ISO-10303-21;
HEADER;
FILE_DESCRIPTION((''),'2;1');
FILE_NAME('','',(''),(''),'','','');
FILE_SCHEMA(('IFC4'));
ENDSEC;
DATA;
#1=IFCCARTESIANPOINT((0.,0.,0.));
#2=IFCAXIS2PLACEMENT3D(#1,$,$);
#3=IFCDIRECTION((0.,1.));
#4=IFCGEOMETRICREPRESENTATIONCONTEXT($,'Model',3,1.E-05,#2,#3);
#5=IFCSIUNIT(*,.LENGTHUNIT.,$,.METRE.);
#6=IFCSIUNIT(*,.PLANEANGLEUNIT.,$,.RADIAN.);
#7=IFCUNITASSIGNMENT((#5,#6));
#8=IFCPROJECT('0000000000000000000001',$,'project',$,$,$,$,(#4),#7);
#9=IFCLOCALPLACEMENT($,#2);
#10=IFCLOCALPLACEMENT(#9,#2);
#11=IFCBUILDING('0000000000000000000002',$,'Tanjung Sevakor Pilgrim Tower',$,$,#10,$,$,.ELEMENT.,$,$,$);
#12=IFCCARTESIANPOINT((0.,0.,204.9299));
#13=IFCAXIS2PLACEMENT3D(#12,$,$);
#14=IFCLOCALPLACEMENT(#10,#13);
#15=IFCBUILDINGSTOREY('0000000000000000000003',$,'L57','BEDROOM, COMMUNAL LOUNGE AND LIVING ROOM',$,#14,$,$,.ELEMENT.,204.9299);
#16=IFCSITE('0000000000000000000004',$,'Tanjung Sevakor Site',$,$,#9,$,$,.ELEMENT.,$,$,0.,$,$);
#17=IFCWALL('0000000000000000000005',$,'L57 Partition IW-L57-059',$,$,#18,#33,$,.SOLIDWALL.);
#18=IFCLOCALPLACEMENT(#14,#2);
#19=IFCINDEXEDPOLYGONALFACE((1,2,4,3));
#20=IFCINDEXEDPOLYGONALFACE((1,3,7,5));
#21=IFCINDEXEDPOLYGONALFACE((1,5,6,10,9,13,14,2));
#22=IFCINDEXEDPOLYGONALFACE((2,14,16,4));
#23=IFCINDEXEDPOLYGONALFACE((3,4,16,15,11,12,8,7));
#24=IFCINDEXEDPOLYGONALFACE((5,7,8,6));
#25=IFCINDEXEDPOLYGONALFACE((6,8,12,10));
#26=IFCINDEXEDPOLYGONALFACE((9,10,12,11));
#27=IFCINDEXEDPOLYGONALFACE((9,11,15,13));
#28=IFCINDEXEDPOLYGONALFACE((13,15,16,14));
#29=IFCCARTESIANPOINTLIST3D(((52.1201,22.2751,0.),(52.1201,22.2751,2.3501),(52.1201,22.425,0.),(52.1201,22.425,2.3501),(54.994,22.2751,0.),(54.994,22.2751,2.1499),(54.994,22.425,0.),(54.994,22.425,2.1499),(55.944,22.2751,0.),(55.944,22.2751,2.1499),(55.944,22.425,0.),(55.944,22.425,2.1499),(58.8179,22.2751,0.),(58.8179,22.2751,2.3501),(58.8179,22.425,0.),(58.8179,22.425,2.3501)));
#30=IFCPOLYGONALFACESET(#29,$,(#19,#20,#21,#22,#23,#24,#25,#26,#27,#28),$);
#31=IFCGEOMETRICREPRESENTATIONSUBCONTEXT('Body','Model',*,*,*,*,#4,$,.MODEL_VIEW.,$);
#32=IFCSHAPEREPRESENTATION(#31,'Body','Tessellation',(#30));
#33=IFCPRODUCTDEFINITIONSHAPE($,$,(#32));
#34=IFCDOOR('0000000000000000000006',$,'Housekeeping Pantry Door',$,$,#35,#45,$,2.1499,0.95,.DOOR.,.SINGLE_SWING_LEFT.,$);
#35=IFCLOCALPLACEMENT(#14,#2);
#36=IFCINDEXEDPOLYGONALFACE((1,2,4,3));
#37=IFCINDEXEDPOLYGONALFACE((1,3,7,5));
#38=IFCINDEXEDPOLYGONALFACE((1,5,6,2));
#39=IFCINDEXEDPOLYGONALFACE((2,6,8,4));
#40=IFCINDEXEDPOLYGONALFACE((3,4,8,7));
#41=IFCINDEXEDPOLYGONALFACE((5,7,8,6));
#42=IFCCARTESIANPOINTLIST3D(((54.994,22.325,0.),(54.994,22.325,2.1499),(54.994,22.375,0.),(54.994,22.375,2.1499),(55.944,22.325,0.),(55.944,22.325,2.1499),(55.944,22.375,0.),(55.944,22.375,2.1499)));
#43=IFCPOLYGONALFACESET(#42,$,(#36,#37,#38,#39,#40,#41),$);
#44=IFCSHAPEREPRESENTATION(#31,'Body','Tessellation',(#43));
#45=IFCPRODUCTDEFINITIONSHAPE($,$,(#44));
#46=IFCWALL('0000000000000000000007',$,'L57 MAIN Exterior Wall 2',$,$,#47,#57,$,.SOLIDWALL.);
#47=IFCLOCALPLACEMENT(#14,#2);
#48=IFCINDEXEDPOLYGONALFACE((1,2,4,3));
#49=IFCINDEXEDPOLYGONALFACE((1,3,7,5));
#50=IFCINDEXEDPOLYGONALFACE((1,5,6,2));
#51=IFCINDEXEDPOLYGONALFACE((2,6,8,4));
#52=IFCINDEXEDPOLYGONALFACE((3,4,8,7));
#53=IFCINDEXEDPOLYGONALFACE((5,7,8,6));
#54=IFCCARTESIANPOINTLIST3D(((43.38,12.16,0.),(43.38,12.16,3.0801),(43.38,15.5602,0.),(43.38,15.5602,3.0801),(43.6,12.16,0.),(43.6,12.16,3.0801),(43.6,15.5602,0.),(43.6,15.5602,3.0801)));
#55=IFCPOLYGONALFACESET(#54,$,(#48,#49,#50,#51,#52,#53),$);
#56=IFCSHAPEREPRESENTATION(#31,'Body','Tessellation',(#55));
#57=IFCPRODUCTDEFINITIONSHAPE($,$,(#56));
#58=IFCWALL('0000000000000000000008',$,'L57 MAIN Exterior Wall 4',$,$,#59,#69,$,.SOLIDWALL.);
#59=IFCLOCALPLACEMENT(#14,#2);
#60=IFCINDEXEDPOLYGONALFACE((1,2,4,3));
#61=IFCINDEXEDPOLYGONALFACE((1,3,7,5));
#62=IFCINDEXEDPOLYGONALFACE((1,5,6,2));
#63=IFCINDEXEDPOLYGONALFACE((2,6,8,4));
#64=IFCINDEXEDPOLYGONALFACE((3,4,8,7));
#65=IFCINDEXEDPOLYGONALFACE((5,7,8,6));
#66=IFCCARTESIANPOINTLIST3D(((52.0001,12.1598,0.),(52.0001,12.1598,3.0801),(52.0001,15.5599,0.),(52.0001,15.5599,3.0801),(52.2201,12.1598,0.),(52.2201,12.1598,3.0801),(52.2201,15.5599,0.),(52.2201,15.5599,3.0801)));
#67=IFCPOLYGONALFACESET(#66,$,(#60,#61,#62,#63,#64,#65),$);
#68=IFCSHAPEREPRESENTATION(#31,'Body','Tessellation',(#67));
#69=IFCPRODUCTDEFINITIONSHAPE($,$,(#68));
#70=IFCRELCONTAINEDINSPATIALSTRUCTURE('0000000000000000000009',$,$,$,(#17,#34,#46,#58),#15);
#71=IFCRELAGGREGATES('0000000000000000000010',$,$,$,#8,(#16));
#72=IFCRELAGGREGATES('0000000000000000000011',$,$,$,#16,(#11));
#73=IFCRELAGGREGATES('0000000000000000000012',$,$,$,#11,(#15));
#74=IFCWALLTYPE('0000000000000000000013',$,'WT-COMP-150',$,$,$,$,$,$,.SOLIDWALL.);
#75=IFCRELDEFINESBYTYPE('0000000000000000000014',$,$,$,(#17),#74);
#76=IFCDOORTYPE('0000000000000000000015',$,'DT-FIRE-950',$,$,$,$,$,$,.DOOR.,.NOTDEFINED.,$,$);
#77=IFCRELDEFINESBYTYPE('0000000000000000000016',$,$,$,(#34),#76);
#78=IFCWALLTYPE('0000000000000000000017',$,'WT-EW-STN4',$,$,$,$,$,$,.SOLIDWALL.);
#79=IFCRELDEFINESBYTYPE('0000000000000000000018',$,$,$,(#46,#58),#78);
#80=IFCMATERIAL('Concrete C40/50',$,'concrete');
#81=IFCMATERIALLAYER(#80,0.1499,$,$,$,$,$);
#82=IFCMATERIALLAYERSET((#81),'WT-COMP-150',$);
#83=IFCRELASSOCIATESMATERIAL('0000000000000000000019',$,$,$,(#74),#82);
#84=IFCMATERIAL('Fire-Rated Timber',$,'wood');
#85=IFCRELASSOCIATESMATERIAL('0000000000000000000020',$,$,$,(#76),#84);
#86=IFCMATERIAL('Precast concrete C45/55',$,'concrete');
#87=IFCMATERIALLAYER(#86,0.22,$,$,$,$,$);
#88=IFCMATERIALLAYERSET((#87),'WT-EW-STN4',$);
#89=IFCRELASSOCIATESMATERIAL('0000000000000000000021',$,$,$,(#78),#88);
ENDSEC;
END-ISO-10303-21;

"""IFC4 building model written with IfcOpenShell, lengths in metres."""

from ifc_helpers import new_model, si_unit, direction, frame, frame_2d, origin, place, context, subcontext, project, spatial, rectangle, extrude, material, layer, layer_set, type_object, element, fill, save


model = new_model("IFC4")

# Units and contexts
model_context = context("Model", 3, precision=1e-05, world=origin(), true_north=direction((0.0, 1.0)))
body_context = subcontext(model_context, "Body", "Model", "MODEL_VIEW")
ifc_project = project(units=[si_unit("LENGTHUNIT", "METRE"), si_unit("PLANEANGLEUNIT", "RADIAN")], contexts=[model_context])

# Site, building, storey
site_placement = place(None, origin())
site = spatial("IfcSite", under=ifc_project, at=site_placement, Name="Tanjung Sevakor Site", CompositionType="ELEMENT", RefElevation=0.0)
building_placement = place(site_placement, origin())
building = spatial("IfcBuilding", under=site, at=building_placement, Name="Tanjung Sevakor Pilgrim Tower", CompositionType="ELEMENT")
storey_placement = place(building_placement, frame((0.0, 0.0, 204.9299)))
storey = spatial("IfcBuildingStorey", under=building, at=storey_placement, Name="L57", Description="BEDROOM, COMMUNAL LOUNGE AND LIVING ROOM", CompositionType="ELEMENT", Elevation=204.9299)

# Shared definitions
ifc_material_1 = material(Name="Concrete C40/50", Category="concrete")
ifc_layer_1 = layer(ifc_material_1, 0.1499)
ifc_layer_set_1 = layer_set([ifc_layer_1], Name="WT-COMP-150")
wall_type_1 = type_object("IfcWallType", Name="WT-COMP-150", PredefinedType="SOLIDWALL", material=ifc_layer_set_1)

# Wall, opening, door
wall_1_placement = place(storey_placement, frame((52.1201, 22.3501, 0.0), z_axis=(0.0, 0.0, 1.0), x_axis=(1.0, 0.0, 0.0)))
wall_1 = element("IfcWall", 1, at=wall_1_placement, inside=storey, type_object=wall_type_1, Name="L57 Partition IW-L57-059", PredefinedType="SOLIDWALL", context=body_context, shape_type="SweptSolid", body=[
    extrude(rectangle(XDim=6.6978, YDim=0.1499, at=frame_2d((3.3489, 0.0))), origin(), (0.0, 0.0, 1.0), 2.3501),
])
opening_1_placement = place(wall_1_placement, frame((2.8738, 0.0, 0.0)))
opening_1 = element("IfcOpeningElement", 2, at=opening_1_placement, cuts=wall_1, PredefinedType="OPENING", context=body_context, shape_type="SweptSolid", body=[
    extrude(rectangle(XDim=0.95, YDim=2.1499, at=frame_2d((0.4751, 1.075))), frame((0.0, 0.085, 0.0), z_axis=(0.0, -1.0, 0.0), x_axis=(1.0, 0.0, 0.0)), (0.0, 0.0, 1.0), 0.1699),
])
ifc_material_2 = material(Name="Fire-Rated Timber", Category="wood")
door_type_1 = type_object("IfcDoorType", Name="DT-FIRE-950", OperationType="NOTDEFINED", PredefinedType="DOOR", material=ifc_material_2)
door_1_placement = place(opening_1_placement, origin())
door_1 = element("IfcDoor", 3, at=door_1_placement, inside=storey, type_object=door_type_1, Name="Housekeeping Pantry Door", OperationType="SINGLE_SWING_LEFT", OverallHeight=2.1499, OverallWidth=0.95, PredefinedType="DOOR", context=body_context, shape_type="SweptSolid", body=[
    extrude(rectangle(XDim=0.95, YDim=2.1499, at=frame_2d((0.4751, 1.075))), frame((0.0, 0.0249, 0.0), z_axis=(0.0, -1.0, 0.0), x_axis=(1.0, 0.0, 0.0)), (0.0, 0.0, 1.0), 0.05),
])
fill(opening_1, door_1)

# Walls
ifc_material_3 = material(Name="Precast concrete C45/55", Category="concrete")
ifc_layer_2 = layer(ifc_material_3, 0.22)
ifc_layer_set_2 = layer_set([ifc_layer_2], Name="WT-EW-STN4")
wall_type_2 = type_object("IfcWallType", Name="WT-EW-STN4", PredefinedType="SOLIDWALL", material=ifc_layer_set_2)
for number, where, z_axis, x_axis, name in (
    (4, (43.49, 12.1599, 0.0), (0.0, 0.0, 1.0), (0.0, 1.0, 0.0), "L57 MAIN Exterior Wall 2"),
    (5, (52.1101, 15.5601, 0.0), (0.0, 0.0, 1.0), (0.0, -1.0, 0.0), "L57 MAIN Exterior Wall 4"),
):
    element("IfcWall", number, at=place(storey_placement, frame(where, z_axis=z_axis, x_axis=x_axis)), inside=storey, type_object=wall_type_2, Name=name, PredefinedType="SOLIDWALL", context=body_context, shape_type="SweptSolid", body=[
        extrude(rectangle(XDim=3.4001, YDim=0.22, at=frame_2d((1.7002, 0.0))), origin(), (0.0, 0.0, 1.0), 3.0801),
    ])

save(model, "model.ifc")
